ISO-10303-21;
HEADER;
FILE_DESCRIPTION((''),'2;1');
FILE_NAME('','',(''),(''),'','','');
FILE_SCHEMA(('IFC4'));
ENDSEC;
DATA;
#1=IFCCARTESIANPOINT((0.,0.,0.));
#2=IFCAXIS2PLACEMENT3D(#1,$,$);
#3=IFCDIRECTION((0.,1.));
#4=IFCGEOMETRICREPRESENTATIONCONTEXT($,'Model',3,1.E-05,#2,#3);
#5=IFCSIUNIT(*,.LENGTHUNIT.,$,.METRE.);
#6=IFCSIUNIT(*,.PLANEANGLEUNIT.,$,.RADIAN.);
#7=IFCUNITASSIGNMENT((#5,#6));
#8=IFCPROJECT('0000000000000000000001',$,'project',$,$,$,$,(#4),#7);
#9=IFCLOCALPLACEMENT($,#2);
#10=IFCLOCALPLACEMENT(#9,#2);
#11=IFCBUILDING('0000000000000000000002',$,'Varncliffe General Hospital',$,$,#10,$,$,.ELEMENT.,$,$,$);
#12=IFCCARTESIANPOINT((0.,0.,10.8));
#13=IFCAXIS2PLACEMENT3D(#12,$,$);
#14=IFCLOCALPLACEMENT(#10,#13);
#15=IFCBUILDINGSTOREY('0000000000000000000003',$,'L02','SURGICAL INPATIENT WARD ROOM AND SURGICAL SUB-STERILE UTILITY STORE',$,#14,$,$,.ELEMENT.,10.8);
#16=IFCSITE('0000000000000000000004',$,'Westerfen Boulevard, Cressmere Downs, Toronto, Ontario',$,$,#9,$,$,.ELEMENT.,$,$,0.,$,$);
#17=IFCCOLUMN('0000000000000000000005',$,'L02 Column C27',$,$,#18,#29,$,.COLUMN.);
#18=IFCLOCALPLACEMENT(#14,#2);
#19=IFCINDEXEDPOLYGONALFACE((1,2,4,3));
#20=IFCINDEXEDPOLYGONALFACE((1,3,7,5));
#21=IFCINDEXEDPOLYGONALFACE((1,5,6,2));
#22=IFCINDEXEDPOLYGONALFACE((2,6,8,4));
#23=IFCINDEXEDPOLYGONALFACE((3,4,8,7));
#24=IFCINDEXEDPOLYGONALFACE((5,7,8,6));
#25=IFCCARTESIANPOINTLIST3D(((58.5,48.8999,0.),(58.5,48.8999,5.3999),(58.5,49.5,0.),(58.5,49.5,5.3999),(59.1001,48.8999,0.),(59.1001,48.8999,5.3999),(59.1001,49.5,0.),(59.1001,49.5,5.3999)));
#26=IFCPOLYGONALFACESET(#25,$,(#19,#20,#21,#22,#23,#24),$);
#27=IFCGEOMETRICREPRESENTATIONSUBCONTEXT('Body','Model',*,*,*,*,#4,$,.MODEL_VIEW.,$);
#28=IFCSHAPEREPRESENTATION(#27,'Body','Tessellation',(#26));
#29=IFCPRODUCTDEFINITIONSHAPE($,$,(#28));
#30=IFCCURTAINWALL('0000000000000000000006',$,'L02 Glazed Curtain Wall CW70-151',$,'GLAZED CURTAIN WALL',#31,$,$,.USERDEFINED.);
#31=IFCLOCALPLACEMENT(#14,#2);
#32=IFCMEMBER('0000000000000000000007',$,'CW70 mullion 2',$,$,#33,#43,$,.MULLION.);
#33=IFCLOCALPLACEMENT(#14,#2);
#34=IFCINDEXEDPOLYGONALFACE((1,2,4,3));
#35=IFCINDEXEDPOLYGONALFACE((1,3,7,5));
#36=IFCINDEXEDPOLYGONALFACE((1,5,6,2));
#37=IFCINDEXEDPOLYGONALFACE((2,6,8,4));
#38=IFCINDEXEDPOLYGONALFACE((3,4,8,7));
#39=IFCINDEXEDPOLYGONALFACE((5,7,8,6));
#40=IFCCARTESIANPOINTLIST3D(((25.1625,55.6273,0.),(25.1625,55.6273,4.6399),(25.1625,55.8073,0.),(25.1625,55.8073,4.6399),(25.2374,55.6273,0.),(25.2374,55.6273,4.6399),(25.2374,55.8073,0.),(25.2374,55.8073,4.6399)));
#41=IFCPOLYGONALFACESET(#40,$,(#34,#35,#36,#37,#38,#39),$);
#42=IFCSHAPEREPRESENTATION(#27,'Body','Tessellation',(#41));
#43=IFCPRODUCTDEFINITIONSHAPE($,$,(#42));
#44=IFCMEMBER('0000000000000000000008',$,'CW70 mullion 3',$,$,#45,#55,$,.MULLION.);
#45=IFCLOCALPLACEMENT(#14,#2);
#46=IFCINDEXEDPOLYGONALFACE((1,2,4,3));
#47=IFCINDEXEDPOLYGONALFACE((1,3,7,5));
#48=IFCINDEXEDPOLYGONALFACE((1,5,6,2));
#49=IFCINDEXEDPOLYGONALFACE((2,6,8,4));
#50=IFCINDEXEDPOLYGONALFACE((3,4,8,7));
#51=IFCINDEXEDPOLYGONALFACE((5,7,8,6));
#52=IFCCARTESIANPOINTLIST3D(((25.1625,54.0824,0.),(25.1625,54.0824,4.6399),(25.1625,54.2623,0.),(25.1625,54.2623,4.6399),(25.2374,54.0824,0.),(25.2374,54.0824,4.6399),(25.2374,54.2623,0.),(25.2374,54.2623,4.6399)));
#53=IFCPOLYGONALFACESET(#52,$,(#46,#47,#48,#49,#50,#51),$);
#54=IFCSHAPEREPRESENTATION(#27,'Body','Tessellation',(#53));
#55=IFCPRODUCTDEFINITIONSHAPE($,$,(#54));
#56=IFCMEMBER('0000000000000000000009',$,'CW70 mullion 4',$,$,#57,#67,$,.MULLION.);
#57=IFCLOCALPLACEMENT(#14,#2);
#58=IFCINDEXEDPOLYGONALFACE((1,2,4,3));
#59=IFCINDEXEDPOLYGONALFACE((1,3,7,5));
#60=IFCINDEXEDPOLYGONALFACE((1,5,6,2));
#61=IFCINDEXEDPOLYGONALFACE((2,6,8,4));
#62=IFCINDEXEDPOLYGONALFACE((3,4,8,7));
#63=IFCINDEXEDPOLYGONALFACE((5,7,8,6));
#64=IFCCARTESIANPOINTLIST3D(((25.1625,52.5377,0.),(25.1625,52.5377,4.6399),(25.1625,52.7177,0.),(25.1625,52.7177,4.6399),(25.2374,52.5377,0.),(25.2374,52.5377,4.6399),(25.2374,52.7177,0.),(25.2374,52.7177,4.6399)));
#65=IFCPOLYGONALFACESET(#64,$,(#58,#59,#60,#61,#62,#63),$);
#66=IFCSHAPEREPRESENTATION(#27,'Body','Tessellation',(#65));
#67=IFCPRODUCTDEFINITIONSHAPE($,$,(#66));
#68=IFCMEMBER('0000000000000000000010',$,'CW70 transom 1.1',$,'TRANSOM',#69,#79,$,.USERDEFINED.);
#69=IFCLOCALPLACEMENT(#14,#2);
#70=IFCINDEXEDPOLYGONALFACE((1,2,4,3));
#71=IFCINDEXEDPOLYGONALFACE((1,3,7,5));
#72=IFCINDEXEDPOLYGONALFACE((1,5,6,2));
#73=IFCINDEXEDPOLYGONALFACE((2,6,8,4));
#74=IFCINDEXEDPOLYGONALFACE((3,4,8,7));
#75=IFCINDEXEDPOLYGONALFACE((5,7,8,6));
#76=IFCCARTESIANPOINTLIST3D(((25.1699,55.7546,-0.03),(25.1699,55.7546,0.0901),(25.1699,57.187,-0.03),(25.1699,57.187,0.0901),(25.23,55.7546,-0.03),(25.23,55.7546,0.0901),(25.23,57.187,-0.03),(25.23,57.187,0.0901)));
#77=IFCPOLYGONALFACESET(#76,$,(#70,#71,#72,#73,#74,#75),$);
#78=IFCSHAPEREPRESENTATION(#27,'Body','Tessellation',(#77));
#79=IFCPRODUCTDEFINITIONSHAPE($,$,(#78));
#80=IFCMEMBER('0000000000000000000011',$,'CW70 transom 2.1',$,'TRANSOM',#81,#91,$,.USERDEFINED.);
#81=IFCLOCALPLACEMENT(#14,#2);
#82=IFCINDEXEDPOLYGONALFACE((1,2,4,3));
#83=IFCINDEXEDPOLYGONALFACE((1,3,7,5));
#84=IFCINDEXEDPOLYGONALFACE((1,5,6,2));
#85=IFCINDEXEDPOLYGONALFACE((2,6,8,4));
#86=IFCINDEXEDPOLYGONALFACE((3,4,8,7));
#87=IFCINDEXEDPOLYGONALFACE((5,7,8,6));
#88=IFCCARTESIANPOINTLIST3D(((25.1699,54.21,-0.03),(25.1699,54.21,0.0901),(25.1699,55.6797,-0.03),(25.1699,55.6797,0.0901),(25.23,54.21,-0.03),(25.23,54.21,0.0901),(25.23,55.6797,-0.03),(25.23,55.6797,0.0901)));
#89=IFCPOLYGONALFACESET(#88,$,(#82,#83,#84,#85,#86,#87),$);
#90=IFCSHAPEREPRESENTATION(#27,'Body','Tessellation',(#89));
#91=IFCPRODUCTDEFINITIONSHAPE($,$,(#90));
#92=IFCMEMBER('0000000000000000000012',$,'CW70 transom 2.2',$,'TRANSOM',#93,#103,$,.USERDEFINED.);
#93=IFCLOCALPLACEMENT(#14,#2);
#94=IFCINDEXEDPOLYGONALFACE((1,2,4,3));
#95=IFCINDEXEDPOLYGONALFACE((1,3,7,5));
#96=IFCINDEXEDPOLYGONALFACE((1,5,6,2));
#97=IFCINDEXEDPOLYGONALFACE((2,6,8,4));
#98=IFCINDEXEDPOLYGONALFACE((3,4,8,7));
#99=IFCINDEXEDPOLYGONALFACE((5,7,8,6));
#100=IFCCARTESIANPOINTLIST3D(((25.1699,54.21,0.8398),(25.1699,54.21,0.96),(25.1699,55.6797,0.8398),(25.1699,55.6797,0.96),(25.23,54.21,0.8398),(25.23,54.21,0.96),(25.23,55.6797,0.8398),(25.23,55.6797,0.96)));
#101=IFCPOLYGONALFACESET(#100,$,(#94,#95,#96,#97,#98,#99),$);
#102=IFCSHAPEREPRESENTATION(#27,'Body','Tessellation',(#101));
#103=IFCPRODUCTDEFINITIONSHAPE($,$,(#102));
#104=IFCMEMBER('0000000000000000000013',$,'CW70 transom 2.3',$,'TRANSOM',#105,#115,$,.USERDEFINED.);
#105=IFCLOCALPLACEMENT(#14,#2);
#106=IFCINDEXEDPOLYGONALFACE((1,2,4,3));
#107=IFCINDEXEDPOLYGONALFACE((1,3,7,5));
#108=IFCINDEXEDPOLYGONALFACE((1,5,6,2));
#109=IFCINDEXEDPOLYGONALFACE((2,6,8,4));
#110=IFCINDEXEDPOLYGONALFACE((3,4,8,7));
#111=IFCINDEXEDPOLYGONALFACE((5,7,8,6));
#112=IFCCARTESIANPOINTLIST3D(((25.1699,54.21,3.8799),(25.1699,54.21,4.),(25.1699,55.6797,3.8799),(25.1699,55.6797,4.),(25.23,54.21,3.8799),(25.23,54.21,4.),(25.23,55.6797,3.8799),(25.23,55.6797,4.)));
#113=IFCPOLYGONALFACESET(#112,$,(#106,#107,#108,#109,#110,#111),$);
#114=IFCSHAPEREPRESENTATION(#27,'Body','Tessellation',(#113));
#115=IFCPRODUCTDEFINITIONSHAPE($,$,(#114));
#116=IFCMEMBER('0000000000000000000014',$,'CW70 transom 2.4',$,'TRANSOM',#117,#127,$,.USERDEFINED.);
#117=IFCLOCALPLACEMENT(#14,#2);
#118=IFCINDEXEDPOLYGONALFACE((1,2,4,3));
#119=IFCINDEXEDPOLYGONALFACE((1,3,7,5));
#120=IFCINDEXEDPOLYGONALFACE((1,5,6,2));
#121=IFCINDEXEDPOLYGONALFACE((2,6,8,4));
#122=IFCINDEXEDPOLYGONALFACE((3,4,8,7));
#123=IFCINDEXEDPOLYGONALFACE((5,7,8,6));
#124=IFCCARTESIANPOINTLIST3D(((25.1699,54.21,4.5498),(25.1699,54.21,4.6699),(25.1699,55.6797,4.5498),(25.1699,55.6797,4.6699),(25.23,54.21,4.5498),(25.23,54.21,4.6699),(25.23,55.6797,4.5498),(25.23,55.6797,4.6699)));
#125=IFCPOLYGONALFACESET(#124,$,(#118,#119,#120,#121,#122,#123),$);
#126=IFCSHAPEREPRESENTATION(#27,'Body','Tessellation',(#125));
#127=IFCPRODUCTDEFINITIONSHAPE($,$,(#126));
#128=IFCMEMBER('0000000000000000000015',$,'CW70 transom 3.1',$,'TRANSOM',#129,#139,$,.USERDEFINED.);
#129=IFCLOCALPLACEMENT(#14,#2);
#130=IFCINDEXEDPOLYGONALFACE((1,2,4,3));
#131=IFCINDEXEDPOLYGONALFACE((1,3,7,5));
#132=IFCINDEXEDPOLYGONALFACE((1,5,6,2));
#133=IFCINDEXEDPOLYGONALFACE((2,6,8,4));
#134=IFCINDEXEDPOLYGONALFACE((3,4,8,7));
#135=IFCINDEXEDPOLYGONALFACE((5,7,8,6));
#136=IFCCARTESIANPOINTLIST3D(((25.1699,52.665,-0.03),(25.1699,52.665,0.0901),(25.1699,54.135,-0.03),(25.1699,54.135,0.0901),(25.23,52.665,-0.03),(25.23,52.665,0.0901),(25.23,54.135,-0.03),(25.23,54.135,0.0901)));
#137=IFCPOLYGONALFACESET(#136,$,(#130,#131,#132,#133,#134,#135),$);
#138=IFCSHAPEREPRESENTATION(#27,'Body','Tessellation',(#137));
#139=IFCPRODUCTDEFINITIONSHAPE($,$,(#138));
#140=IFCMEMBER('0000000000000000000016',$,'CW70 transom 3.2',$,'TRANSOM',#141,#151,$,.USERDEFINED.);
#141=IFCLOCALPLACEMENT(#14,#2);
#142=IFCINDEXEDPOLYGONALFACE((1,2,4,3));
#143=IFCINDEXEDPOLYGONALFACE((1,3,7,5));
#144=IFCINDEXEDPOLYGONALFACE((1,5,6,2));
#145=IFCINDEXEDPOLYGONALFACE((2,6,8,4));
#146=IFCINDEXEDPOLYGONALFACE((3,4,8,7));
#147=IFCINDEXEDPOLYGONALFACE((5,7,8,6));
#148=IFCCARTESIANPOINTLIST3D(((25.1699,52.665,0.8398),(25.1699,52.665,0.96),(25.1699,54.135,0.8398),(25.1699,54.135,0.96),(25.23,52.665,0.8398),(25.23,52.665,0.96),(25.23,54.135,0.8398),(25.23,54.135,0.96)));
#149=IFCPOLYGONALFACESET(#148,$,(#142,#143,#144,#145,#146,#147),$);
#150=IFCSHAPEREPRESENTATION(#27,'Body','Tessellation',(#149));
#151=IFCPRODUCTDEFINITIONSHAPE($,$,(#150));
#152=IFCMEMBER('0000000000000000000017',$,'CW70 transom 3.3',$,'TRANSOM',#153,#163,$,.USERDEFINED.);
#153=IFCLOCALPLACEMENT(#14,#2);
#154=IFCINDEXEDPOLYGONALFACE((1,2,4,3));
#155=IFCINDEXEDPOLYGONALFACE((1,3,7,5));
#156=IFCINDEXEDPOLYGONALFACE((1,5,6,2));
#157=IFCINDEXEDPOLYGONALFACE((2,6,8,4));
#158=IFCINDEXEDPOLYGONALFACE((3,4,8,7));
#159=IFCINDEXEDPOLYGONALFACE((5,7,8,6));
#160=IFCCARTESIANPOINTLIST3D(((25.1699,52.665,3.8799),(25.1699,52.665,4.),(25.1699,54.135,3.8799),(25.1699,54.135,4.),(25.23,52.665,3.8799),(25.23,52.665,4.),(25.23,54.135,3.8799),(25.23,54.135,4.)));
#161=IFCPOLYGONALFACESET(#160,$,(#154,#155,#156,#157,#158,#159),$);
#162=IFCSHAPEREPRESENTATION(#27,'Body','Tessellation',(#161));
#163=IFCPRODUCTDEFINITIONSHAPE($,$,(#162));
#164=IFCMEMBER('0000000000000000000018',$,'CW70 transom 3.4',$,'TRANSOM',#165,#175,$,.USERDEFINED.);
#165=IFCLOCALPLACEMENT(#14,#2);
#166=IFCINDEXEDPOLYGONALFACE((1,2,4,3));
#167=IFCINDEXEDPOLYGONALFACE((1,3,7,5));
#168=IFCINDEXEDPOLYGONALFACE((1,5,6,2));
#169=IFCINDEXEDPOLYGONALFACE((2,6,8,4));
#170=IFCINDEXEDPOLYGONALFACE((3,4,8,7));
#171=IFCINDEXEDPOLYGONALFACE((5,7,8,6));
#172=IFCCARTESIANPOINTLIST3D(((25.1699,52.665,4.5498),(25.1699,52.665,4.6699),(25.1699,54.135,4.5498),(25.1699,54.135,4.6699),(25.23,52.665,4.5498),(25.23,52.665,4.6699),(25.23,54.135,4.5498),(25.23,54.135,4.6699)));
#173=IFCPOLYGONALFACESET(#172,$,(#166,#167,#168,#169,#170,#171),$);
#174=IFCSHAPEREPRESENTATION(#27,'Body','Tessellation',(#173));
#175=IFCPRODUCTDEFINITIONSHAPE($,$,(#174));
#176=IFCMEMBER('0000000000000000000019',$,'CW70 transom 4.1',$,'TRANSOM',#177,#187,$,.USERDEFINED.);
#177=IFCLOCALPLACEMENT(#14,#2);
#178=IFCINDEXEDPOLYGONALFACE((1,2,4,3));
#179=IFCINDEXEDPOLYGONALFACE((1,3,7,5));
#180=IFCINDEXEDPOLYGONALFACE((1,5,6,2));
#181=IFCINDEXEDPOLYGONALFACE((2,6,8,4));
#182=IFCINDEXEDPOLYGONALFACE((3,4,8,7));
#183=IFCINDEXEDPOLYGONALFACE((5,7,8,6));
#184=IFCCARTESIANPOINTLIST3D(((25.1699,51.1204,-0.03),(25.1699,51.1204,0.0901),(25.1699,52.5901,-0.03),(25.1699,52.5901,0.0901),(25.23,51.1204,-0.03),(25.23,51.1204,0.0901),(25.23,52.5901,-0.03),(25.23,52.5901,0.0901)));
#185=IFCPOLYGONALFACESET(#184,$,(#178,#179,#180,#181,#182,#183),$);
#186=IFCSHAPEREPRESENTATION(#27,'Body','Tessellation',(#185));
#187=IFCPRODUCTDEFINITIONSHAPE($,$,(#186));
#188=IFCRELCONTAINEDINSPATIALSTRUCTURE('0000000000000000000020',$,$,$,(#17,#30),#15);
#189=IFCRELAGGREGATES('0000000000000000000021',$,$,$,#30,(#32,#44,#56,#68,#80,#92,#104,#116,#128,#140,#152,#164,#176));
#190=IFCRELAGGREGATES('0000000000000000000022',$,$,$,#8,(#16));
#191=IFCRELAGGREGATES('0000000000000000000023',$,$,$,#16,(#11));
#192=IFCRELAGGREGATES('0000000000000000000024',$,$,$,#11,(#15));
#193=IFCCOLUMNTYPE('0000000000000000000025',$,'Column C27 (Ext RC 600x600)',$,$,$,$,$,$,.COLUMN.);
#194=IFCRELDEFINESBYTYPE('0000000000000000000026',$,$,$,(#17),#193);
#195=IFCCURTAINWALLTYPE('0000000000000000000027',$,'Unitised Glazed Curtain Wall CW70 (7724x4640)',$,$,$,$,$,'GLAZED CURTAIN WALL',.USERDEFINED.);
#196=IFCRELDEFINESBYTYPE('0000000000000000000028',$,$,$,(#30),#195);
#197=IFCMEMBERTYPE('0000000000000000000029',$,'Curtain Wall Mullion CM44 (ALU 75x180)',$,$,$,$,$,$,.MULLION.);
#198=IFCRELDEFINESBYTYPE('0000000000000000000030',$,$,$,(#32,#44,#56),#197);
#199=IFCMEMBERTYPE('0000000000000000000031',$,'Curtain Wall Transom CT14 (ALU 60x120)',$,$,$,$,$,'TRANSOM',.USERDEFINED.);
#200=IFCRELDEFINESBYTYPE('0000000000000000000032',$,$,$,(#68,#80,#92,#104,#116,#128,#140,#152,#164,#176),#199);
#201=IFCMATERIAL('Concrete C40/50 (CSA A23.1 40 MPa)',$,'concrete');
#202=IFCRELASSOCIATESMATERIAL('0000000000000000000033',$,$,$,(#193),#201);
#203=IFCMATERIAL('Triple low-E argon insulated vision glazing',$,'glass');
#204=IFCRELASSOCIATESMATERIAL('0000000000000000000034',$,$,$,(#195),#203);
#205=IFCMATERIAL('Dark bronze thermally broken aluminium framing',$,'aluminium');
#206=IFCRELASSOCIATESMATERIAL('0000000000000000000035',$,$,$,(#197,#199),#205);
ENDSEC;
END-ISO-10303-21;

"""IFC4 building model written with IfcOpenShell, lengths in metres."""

from ifc_helpers import new_model, si_unit, direction, frame, origin, origin_2d, place, context, subcontext, project, spatial, rectangle, extrude, material, material_profile, profile_set, type_object, element, aggregate, save


model = new_model("IFC4")

# Units and contexts
model_context = context("Model", 3, precision=1e-05, world=origin(), true_north=direction((0.0, 1.0)))
body_context = subcontext(model_context, "Body", "Model", "MODEL_VIEW")
ifc_project = project(units=[si_unit("LENGTHUNIT", "METRE"), si_unit("PLANEANGLEUNIT", "RADIAN")], contexts=[model_context])

# Site, building, storey
site_placement = place(None, origin())
site = spatial("IfcSite", under=ifc_project, at=site_placement, Name="Westerfen Boulevard, Cressmere Downs, Toronto, Ontario", CompositionType="ELEMENT", RefElevation=0.0)
building_placement = place(site_placement, origin())
building = spatial("IfcBuilding", under=site, at=building_placement, Name="Varncliffe General Hospital", CompositionType="ELEMENT")
storey_placement = place(building_placement, frame((0.0, 0.0, 10.8)))
storey = spatial("IfcBuildingStorey", under=building, at=storey_placement, Name="L02", Description="SURGICAL INPATIENT WARD ROOM AND SURGICAL SUB-STERILE UTILITY STORE", CompositionType="ELEMENT", Elevation=10.8)

# Column
ifc_material_1 = material(Name="Concrete C40/50 (CSA A23.1 40 MPa)", Category="concrete")
ifc_material_profile_1 = material_profile(ifc_material_1, rectangle(XDim=0.6001, YDim=0.6001, at=origin_2d()), Name="RC 600x600")
ifc_profile_set_1 = profile_set([ifc_material_profile_1], Name="Concrete C40/50 (CSA A23.1 40 MPa)")
column_type = type_object("IfcColumnType", Name="Column C27 (Ext RC 600x600)", PredefinedType="COLUMN", material=ifc_profile_set_1)
column_placement = place(storey_placement, frame((58.8, 49.2, 0.0), z_axis=(0.0, 0.0, 1.0), x_axis=(1.0, 0.0, 0.0)))
element("IfcColumn", 1, at=column_placement, inside=storey, type_object=column_type, Name="L02 Column C27", PredefinedType="COLUMN", context=body_context, shape_type="SweptSolid", body=[
    extrude(rectangle(XDim=0.6001, YDim=0.6001, at=origin_2d()), origin(), (0.0, 0.0, 1.0), 5.3999),
])

# Curtain wall, members
ifc_material_2 = material(Name="Triple low-E argon insulated vision glazing", Category="glass")
curtain_wall_type = type_object("IfcCurtainWallType", Name="Unitised Glazed Curtain Wall CW70 (7724x4640)", ElementType="GLAZED CURTAIN WALL", PredefinedType="USERDEFINED", material=ifc_material_2)
curtain_wall_placement = place(storey_placement, origin())
curtain_wall = element("IfcCurtainWall", 2, at=curtain_wall_placement, inside=storey, type_object=curtain_wall_type, Name="L02 Glazed Curtain Wall CW70-151", ObjectType="GLAZED CURTAIN WALL", PredefinedType="USERDEFINED")
ifc_material_3 = material(Name="Dark bronze thermally broken aluminium framing", Category="aluminium")
ifc_material_profile_2 = material_profile(ifc_material_3, rectangle(XDim=0.075, YDim=0.1799, at=origin_2d()), Name="ALU 75x180")
ifc_profile_set_2 = profile_set([ifc_material_profile_2], Name="Dark bronze thermally broken aluminium framing")
member_type_1 = type_object("IfcMemberType", Name="Curtain Wall Mullion CM44 (ALU 75x180)", PredefinedType="MULLION", material=ifc_profile_set_2)
member_1_placement = place(storey_placement, frame((25.2, 55.7173, 0.0), z_axis=(0.0, 0.0, 1.0), x_axis=(1.0, 0.0, 0.0)))
member_1 = element("IfcMember", 3, at=member_1_placement, type_object=member_type_1, Name="CW70 mullion 2", PredefinedType="MULLION", context=body_context, shape_type="SweptSolid", body=[
    extrude(rectangle(XDim=0.075, YDim=0.1799, at=origin_2d()), origin(), (0.0, 0.0, 1.0), 4.6399),
])
member_2_placement = place(storey_placement, frame((25.2, 54.1724, 0.0), z_axis=(0.0, 0.0, 1.0), x_axis=(1.0, 0.0, 0.0)))
member_2 = element("IfcMember", 4, at=member_2_placement, type_object=member_type_1, Name="CW70 mullion 3", PredefinedType="MULLION", context=body_context, shape_type="SweptSolid", body=[
    extrude(rectangle(XDim=0.075, YDim=0.1799, at=origin_2d()), origin(), (0.0, 0.0, 1.0), 4.6399),
])
member_3_placement = place(storey_placement, frame((25.2, 52.6277, 0.0), z_axis=(0.0, 0.0, 1.0), x_axis=(1.0, 0.0, 0.0)))
member_3 = element("IfcMember", 5, at=member_3_placement, type_object=member_type_1, Name="CW70 mullion 4", PredefinedType="MULLION", context=body_context, shape_type="SweptSolid", body=[
    extrude(rectangle(XDim=0.075, YDim=0.1799, at=origin_2d()), origin(), (0.0, 0.0, 1.0), 4.6399),
])
ifc_material_profile_3 = material_profile(ifc_material_3, rectangle(XDim=0.0601, YDim=0.1201, at=origin_2d()), Name="ALU 60x120")
ifc_profile_set_3 = profile_set([ifc_material_profile_3], Name="Dark bronze thermally broken aluminium framing")
member_type_2 = type_object("IfcMemberType", Name="Curtain Wall Transom CT14 (ALU 60x120)", ElementType="TRANSOM", PredefinedType="USERDEFINED", material=ifc_profile_set_3)
member_4_placement = place(storey_placement, frame((25.2, 57.187, 0.03), z_axis=(0.0, -1.0, 0.0), x_axis=(1.0, 0.0, 0.0)))
member_4 = element("IfcMember", 6, at=member_4_placement, type_object=member_type_2, Name="CW70 transom 1.1", ObjectType="TRANSOM", PredefinedType="USERDEFINED", context=body_context, shape_type="SweptSolid", body=[
    extrude(rectangle(XDim=0.0601, YDim=0.1201, at=origin_2d()), origin(), (0.0, 0.0, 1.0), 1.4324),
])
member_5_placement = place(storey_placement, frame((25.2, 55.6797, 0.03), z_axis=(0.0, -1.0, 0.0), x_axis=(1.0, 0.0, 0.0)))
member_5 = element("IfcMember", 7, at=member_5_placement, type_object=member_type_2, Name="CW70 transom 2.1", ObjectType="TRANSOM", PredefinedType="USERDEFINED", context=body_context, shape_type="SweptSolid", body=[
    extrude(rectangle(XDim=0.0601, YDim=0.1201, at=origin_2d()), origin(), (0.0, 0.0, 1.0), 1.4697),
])
member_6_placement = place(storey_placement, frame((25.2, 55.6797, 0.8999), z_axis=(0.0, -1.0, 0.0), x_axis=(1.0, 0.0, 0.0)))
member_6 = element("IfcMember", 8, at=member_6_placement, type_object=member_type_2, Name="CW70 transom 2.2", ObjectType="TRANSOM", PredefinedType="USERDEFINED", context=body_context, shape_type="SweptSolid", body=[
    extrude(rectangle(XDim=0.0601, YDim=0.1201, at=origin_2d()), origin(), (0.0, 0.0, 1.0), 1.4697),
])
member_7_placement = place(storey_placement, frame((25.2, 55.6797, 3.9399), z_axis=(0.0, -1.0, 0.0), x_axis=(1.0, 0.0, 0.0)))
member_7 = element("IfcMember", 9, at=member_7_placement, type_object=member_type_2, Name="CW70 transom 2.3", ObjectType="TRANSOM", PredefinedType="USERDEFINED", context=body_context, shape_type="SweptSolid", body=[
    extrude(rectangle(XDim=0.0601, YDim=0.1201, at=origin_2d()), origin(), (0.0, 0.0, 1.0), 1.4697),
])
member_8_placement = place(storey_placement, frame((25.2, 55.6797, 4.6099), z_axis=(0.0, -1.0, 0.0), x_axis=(1.0, 0.0, 0.0)))
member_8 = element("IfcMember", 10, at=member_8_placement, type_object=member_type_2, Name="CW70 transom 2.4", ObjectType="TRANSOM", PredefinedType="USERDEFINED", context=body_context, shape_type="SweptSolid", body=[
    extrude(rectangle(XDim=0.0601, YDim=0.1201, at=origin_2d()), origin(), (0.0, 0.0, 1.0), 1.4697),
])
member_9_placement = place(storey_placement, frame((25.2, 54.135, 0.03), z_axis=(0.0, -1.0, 0.0), x_axis=(1.0, 0.0, 0.0)))
member_9 = element("IfcMember", 11, at=member_9_placement, type_object=member_type_2, Name="CW70 transom 3.1", ObjectType="TRANSOM", PredefinedType="USERDEFINED", context=body_context, shape_type="SweptSolid", body=[
    extrude(rectangle(XDim=0.0601, YDim=0.1201, at=origin_2d()), origin(), (0.0, 0.0, 1.0), 1.47),
])
member_10_placement = place(storey_placement, frame((25.2, 54.135, 0.8999), z_axis=(0.0, -1.0, 0.0), x_axis=(1.0, 0.0, 0.0)))
member_10 = element("IfcMember", 12, at=member_10_placement, type_object=member_type_2, Name="CW70 transom 3.2", ObjectType="TRANSOM", PredefinedType="USERDEFINED", context=body_context, shape_type="SweptSolid", body=[
    extrude(rectangle(XDim=0.0601, YDim=0.1201, at=origin_2d()), origin(), (0.0, 0.0, 1.0), 1.47),
])
member_11_placement = place(storey_placement, frame((25.2, 54.135, 3.9399), z_axis=(0.0, -1.0, 0.0), x_axis=(1.0, 0.0, 0.0)))
member_11 = element("IfcMember", 13, at=member_11_placement, type_object=member_type_2, Name="CW70 transom 3.3", ObjectType="TRANSOM", PredefinedType="USERDEFINED", context=body_context, shape_type="SweptSolid", body=[
    extrude(rectangle(XDim=0.0601, YDim=0.1201, at=origin_2d()), origin(), (0.0, 0.0, 1.0), 1.47),
])
member_12_placement = place(storey_placement, frame((25.2, 54.135, 4.6099), z_axis=(0.0, -1.0, 0.0), x_axis=(1.0, 0.0, 0.0)))
member_12 = element("IfcMember", 14, at=member_12_placement, type_object=member_type_2, Name="CW70 transom 3.4", ObjectType="TRANSOM", PredefinedType="USERDEFINED", context=body_context, shape_type="SweptSolid", body=[
    extrude(rectangle(XDim=0.0601, YDim=0.1201, at=origin_2d()), origin(), (0.0, 0.0, 1.0), 1.47),
])
member_13_placement = place(storey_placement, frame((25.2, 52.5901, 0.03), z_axis=(0.0, -1.0, 0.0), x_axis=(1.0, 0.0, 0.0)))
member_13 = element("IfcMember", 15, at=member_13_placement, type_object=member_type_2, Name="CW70 transom 4.1", ObjectType="TRANSOM", PredefinedType="USERDEFINED", context=body_context, shape_type="SweptSolid", body=[
    extrude(rectangle(XDim=0.0601, YDim=0.1201, at=origin_2d()), origin(), (0.0, 0.0, 1.0), 1.4697),
])

aggregate(curtain_wall, [member_1, member_2, member_3, member_4, member_5, member_6, member_7, member_8, member_9, member_10, member_11, member_12, member_13])

save(model, "model.ifc")
